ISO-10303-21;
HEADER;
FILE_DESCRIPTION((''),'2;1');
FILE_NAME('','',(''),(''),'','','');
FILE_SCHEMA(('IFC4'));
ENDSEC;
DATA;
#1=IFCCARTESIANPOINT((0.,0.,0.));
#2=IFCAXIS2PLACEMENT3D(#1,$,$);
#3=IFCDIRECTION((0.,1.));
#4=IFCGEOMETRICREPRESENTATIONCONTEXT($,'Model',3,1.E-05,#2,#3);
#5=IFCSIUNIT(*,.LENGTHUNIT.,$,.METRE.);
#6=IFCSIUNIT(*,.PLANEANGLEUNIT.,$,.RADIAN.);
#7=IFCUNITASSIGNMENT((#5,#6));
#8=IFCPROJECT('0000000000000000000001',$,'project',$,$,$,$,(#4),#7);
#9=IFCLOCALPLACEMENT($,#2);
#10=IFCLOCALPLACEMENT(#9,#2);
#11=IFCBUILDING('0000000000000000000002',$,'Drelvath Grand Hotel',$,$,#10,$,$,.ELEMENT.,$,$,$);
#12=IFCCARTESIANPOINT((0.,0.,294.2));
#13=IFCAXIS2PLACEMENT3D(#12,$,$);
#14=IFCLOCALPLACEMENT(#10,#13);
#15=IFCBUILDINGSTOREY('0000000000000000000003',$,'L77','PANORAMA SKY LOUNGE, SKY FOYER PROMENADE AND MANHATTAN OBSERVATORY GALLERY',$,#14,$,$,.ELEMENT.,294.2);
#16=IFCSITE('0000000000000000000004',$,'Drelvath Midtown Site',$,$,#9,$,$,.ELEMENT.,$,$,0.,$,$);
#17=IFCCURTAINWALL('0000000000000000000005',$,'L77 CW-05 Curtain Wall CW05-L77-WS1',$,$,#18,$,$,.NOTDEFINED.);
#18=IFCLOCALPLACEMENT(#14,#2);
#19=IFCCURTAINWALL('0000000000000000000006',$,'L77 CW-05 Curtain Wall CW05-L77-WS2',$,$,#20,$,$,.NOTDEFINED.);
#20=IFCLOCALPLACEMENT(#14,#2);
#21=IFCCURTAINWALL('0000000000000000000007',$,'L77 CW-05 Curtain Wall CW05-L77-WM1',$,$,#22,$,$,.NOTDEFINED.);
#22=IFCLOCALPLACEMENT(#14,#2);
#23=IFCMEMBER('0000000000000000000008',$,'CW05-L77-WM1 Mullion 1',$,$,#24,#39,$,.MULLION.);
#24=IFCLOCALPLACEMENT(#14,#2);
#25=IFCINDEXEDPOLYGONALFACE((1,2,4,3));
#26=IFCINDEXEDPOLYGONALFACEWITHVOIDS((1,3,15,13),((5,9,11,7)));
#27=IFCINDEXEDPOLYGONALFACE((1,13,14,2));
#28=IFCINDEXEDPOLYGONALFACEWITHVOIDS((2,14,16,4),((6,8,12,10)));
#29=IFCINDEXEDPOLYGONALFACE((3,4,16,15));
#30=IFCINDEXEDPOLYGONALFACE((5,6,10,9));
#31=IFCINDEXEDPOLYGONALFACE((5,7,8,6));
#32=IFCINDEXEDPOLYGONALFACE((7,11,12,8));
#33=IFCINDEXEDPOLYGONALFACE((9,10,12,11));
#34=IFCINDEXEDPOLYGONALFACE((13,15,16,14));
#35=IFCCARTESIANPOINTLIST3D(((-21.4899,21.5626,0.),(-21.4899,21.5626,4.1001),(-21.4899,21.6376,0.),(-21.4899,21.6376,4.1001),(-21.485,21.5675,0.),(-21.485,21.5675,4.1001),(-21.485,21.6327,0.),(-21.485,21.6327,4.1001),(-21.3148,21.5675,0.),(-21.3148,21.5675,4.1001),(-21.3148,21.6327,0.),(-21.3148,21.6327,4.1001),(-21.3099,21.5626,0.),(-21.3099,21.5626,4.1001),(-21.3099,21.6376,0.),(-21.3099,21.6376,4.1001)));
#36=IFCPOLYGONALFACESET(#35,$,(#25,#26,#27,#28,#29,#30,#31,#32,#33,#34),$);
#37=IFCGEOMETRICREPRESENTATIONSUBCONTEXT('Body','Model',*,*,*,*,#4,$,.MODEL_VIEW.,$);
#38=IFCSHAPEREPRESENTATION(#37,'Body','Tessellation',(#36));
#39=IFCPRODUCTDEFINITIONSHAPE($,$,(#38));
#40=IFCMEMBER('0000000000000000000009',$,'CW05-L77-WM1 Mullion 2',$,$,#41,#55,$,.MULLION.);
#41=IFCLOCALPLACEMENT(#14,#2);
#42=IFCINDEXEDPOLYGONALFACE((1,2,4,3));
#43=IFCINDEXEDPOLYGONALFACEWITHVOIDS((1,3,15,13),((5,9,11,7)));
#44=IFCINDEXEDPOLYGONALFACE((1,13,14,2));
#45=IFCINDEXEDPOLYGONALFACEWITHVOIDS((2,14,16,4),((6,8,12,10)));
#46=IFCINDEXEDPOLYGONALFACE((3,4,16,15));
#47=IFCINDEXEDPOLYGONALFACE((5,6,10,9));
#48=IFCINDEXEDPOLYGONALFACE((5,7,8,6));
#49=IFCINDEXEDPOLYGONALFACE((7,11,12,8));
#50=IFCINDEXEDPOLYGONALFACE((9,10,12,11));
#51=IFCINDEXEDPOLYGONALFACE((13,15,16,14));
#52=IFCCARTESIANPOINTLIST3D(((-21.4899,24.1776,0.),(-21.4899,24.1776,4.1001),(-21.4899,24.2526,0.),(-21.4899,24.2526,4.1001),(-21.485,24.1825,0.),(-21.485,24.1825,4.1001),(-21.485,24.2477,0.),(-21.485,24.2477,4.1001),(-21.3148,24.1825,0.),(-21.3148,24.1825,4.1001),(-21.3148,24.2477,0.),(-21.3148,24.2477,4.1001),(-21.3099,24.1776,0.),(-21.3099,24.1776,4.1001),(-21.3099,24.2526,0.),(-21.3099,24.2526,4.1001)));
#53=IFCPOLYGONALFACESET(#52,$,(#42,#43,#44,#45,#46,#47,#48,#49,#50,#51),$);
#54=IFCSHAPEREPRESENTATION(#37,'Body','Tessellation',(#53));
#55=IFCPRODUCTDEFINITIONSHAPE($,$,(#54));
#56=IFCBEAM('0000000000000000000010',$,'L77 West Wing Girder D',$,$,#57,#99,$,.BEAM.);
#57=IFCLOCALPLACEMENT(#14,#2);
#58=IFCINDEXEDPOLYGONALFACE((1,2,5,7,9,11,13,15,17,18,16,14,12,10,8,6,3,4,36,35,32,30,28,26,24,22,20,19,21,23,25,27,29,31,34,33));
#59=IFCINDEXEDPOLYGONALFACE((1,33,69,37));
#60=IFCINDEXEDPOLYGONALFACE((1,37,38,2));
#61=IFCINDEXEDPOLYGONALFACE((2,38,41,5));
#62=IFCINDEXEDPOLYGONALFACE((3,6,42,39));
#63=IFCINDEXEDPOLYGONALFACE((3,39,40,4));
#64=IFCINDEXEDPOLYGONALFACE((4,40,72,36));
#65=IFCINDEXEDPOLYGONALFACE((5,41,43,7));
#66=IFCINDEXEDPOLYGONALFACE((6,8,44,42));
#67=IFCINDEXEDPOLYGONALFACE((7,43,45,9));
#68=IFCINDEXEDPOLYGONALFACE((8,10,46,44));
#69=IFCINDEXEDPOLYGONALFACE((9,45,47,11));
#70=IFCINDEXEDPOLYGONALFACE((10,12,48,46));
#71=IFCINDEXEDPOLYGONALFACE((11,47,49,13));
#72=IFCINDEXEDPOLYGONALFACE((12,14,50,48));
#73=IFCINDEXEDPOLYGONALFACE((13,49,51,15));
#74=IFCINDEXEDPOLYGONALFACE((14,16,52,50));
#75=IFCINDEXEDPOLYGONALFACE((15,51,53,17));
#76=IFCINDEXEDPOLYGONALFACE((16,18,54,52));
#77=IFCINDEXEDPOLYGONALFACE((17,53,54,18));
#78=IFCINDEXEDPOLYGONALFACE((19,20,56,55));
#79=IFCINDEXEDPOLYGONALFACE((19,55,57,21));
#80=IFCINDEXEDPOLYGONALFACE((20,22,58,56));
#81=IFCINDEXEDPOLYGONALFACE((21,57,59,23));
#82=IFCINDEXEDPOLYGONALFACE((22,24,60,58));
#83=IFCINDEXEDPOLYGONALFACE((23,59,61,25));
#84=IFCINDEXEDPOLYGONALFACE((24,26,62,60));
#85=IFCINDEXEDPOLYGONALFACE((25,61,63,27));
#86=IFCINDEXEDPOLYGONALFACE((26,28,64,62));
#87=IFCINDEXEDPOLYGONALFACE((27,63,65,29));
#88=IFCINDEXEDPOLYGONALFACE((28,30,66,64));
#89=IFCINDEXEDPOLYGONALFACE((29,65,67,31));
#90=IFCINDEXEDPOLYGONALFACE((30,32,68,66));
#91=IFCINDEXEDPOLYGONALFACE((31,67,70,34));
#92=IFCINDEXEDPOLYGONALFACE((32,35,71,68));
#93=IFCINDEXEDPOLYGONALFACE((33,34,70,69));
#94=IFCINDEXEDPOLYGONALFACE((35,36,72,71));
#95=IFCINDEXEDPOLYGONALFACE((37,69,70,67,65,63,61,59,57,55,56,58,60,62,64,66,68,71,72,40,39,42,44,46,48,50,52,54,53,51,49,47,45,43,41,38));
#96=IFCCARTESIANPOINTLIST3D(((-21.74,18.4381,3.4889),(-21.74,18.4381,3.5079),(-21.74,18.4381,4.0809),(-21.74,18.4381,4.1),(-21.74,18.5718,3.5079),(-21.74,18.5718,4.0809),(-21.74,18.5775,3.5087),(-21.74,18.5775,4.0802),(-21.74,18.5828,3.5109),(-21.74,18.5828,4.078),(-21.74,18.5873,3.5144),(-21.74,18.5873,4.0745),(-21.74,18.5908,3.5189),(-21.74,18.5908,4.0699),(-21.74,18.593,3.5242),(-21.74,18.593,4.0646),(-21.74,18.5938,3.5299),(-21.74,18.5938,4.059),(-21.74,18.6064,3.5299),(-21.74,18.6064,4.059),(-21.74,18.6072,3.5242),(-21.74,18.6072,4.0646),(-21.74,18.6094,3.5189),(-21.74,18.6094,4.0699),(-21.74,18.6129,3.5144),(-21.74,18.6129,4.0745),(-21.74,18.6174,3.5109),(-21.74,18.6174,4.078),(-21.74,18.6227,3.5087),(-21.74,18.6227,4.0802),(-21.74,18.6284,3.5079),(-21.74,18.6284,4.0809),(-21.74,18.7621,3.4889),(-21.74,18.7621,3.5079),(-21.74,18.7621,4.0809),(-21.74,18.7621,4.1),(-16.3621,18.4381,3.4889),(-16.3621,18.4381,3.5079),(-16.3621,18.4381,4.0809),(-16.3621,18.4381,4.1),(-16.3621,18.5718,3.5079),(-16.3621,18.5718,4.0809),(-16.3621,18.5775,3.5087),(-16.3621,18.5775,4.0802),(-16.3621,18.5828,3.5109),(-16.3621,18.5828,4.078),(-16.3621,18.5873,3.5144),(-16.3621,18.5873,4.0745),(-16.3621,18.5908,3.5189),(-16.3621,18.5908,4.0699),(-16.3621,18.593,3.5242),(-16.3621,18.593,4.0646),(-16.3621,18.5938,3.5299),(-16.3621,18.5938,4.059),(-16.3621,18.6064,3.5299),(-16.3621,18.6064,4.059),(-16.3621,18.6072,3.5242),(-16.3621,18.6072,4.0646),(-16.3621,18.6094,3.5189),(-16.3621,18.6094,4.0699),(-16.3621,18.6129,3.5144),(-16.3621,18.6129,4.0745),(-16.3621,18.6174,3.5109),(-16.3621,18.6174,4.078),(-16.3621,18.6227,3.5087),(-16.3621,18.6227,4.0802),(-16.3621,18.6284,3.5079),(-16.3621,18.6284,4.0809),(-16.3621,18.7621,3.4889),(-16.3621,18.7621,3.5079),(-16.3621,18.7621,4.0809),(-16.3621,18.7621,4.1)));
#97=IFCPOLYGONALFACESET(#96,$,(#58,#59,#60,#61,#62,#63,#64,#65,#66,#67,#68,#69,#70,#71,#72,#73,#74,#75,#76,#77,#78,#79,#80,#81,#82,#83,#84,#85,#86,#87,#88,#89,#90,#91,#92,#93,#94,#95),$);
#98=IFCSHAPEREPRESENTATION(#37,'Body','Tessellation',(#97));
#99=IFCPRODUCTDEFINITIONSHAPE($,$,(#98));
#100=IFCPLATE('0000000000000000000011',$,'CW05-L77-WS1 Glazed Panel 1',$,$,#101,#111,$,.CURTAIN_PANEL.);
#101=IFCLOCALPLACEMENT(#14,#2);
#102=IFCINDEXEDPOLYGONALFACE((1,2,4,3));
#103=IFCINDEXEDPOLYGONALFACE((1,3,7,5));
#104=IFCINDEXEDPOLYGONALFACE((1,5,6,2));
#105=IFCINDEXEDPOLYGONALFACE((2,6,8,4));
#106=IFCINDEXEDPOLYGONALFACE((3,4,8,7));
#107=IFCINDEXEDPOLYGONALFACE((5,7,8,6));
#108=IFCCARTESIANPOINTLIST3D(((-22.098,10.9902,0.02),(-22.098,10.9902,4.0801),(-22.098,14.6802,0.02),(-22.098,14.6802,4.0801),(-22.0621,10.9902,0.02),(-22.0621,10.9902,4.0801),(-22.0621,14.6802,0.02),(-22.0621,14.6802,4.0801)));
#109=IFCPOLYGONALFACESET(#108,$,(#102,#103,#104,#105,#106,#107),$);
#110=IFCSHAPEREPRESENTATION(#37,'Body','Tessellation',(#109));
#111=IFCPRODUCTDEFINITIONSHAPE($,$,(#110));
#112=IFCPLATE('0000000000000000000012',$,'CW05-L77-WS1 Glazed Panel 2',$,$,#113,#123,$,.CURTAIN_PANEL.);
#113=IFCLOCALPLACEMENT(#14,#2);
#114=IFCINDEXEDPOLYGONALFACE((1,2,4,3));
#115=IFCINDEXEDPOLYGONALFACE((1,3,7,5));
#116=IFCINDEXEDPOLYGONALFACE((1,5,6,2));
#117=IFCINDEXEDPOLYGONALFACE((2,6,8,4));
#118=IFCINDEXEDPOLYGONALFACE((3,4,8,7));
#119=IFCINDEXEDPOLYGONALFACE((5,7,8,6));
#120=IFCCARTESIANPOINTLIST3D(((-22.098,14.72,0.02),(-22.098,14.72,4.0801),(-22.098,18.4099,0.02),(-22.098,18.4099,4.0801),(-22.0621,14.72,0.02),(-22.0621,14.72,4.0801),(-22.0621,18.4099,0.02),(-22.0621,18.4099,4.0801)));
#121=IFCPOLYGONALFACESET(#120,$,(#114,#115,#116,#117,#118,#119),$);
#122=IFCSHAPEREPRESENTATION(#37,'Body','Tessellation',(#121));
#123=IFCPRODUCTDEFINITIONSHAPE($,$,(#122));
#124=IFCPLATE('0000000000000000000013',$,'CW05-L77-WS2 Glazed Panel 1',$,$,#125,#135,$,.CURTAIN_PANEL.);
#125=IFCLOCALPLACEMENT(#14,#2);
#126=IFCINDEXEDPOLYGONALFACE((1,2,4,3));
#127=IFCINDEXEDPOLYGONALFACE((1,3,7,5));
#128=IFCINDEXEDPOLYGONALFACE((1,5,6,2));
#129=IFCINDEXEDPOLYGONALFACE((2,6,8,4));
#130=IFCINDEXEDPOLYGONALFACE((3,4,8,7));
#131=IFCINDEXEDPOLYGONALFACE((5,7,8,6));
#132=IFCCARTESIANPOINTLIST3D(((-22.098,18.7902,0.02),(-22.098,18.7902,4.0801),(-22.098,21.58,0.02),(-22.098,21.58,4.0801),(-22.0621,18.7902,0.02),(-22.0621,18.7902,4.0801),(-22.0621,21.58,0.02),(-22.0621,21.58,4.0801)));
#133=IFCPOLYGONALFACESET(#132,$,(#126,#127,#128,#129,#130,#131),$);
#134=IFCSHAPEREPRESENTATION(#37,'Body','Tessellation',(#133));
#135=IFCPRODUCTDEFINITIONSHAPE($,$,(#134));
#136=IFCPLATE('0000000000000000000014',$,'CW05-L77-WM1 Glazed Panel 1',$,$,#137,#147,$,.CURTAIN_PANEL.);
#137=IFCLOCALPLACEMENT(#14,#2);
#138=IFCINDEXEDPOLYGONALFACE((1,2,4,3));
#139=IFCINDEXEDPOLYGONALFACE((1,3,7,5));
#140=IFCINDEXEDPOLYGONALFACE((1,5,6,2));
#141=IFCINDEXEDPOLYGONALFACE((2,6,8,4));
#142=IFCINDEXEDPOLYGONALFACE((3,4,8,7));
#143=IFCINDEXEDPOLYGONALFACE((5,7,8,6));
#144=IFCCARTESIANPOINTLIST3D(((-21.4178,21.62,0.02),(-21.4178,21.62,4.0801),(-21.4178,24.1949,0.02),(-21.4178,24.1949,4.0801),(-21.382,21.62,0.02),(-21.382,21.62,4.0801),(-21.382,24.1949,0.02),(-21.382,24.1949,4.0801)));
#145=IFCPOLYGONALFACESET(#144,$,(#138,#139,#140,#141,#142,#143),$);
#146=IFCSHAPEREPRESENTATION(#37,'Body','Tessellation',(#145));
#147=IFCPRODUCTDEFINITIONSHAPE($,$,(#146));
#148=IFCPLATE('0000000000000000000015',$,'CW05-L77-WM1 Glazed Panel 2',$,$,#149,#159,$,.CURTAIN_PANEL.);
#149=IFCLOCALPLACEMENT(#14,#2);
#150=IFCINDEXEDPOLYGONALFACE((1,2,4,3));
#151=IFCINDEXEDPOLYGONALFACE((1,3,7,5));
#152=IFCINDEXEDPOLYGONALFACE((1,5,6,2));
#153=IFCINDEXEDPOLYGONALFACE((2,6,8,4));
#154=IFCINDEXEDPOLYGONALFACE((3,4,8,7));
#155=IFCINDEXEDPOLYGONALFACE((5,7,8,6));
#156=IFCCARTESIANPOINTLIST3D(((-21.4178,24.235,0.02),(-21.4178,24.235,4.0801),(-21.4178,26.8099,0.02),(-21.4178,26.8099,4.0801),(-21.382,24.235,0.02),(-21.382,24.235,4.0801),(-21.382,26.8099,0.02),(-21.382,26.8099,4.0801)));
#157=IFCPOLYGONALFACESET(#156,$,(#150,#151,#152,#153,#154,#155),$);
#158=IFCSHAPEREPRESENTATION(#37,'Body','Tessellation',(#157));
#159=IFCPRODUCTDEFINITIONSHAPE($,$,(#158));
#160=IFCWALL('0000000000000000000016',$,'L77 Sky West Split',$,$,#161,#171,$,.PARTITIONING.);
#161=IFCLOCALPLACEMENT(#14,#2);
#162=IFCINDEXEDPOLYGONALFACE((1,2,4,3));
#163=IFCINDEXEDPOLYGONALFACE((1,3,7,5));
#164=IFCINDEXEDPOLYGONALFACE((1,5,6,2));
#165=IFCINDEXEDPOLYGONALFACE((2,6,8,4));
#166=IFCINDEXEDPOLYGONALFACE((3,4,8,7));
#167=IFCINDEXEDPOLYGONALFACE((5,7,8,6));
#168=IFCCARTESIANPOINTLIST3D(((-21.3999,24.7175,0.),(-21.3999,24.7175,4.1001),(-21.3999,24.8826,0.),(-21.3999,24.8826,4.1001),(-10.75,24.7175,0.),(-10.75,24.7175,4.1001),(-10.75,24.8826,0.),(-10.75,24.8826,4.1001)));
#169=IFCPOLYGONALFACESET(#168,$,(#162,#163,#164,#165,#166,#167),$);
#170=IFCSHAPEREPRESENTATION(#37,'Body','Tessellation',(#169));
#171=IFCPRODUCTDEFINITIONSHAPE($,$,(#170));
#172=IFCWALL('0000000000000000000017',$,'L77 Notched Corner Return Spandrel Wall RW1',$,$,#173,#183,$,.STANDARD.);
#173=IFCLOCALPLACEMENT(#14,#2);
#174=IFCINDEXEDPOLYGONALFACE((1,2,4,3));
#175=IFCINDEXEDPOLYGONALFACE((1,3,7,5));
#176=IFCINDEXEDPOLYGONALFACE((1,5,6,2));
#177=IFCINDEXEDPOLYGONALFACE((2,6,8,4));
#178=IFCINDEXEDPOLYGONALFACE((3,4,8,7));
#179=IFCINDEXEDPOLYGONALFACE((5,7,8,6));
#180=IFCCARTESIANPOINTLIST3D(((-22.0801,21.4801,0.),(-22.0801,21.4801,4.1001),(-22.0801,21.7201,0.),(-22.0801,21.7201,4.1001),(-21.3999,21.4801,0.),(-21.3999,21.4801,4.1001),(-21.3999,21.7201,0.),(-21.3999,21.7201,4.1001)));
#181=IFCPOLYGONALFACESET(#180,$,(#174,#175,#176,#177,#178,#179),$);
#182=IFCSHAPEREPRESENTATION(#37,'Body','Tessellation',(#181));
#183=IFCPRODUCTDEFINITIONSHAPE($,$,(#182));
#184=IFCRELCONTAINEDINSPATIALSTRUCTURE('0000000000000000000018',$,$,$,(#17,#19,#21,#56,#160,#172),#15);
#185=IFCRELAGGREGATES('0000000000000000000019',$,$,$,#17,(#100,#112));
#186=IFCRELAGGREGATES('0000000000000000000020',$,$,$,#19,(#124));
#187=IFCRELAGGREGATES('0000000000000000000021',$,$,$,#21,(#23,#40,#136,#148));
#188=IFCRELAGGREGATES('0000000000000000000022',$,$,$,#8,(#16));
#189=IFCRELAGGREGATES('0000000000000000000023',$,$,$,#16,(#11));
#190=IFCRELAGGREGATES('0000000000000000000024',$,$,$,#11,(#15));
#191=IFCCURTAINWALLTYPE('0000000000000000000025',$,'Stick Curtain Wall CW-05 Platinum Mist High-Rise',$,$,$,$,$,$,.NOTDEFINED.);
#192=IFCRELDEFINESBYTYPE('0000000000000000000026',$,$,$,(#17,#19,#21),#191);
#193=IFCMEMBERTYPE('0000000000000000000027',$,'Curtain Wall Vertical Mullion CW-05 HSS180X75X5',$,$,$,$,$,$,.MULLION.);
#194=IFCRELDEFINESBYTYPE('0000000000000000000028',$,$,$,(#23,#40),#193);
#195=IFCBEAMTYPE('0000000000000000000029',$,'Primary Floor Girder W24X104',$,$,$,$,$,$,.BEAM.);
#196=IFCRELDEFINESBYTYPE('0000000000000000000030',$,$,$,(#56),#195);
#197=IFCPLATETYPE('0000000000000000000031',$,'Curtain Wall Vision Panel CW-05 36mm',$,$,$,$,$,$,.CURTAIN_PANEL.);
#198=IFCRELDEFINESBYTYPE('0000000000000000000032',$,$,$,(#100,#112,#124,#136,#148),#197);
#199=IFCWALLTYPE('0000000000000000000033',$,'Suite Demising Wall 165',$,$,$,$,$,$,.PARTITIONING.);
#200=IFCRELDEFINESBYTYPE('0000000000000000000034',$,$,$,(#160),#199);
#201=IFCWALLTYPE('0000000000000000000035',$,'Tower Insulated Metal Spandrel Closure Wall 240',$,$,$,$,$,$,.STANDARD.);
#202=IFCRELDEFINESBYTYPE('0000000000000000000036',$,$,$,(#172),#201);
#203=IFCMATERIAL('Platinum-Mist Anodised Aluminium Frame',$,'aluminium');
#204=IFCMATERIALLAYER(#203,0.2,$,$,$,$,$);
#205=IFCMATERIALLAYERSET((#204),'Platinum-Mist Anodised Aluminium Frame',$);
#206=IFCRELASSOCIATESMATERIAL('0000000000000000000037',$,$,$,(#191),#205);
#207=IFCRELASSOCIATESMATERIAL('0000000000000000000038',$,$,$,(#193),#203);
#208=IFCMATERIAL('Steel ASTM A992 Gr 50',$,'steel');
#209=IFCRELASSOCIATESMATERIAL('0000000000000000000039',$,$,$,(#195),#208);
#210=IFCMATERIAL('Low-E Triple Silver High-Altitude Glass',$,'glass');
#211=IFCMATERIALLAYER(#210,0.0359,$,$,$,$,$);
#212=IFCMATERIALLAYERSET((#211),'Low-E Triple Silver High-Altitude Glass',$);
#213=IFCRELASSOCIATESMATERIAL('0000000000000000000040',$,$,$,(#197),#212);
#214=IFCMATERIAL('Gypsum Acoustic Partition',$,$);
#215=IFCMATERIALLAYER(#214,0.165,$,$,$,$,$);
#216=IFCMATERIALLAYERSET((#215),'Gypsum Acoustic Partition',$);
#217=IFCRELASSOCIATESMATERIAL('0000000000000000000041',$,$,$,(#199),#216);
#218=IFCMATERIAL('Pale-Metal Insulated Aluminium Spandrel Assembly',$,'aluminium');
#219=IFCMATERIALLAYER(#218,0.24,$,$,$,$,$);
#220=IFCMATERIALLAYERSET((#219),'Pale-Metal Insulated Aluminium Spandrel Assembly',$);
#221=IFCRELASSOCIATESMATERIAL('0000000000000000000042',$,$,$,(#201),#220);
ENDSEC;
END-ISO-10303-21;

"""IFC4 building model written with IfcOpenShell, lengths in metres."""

from ifc_helpers import new_model, si_unit, direction, frame, frame_2d, origin, origin_2d, place, context, subcontext, project, spatial, rectangle, hollow_rectangle, i_section, extrude, material, layer, layer_set, material_profile, profile_set, type_object, element, aggregate, save


model = new_model("IFC4")

# Units and contexts
model_context = context("Model", 3, precision=1e-05, world=origin(), true_north=direction((0.0, 1.0)))
body_context = subcontext(model_context, "Body", "Model", "MODEL_VIEW")
ifc_project = project(units=[si_unit("LENGTHUNIT", "METRE"), si_unit("PLANEANGLEUNIT", "RADIAN")], contexts=[model_context])

# Site, building, storey
site_placement = place(None, origin())
site = spatial("IfcSite", under=ifc_project, at=site_placement, Name="Drelvath Midtown Site", CompositionType="ELEMENT", RefElevation=0.0)
building_placement = place(site_placement, origin())
building = spatial("IfcBuilding", under=site, at=building_placement, Name="Drelvath Grand Hotel", CompositionType="ELEMENT")
storey_placement = place(building_placement, frame((0.0, 0.0, 294.2)))
storey = spatial("IfcBuildingStorey", under=building, at=storey_placement, Name="L77", Description="PANORAMA SKY LOUNGE, SKY FOYER PROMENADE AND MANHATTAN OBSERVATORY GALLERY", CompositionType="ELEMENT", Elevation=294.2)

# Curtain walls
ifc_material_1 = material(Name="Platinum-Mist Anodised Aluminium Frame", Category="aluminium")
ifc_layer_1 = layer(ifc_material_1, 0.2)
ifc_layer_set_1 = layer_set([ifc_layer_1], Name="Platinum-Mist Anodised Aluminium Frame")
curtain_wall_type = type_object("IfcCurtainWallType", Name="Stick Curtain Wall CW-05 Platinum Mist High-Rise", PredefinedType="NOTDEFINED", material=ifc_layer_set_1)
curtain_wall_1_placement = place(storey_placement, origin())
curtain_wall_1 = element("IfcCurtainWall", 1, at=curtain_wall_1_placement, inside=storey, type_object=curtain_wall_type, Name="L77 CW-05 Curtain Wall CW05-L77-WS1", PredefinedType="NOTDEFINED")
curtain_wall_2_placement = place(storey_placement, origin())
curtain_wall_2 = element("IfcCurtainWall", 2, at=curtain_wall_2_placement, inside=storey, type_object=curtain_wall_type, Name="L77 CW-05 Curtain Wall CW05-L77-WS2", PredefinedType="NOTDEFINED")
curtain_wall_3_placement = place(storey_placement, origin())
curtain_wall_3 = element("IfcCurtainWall", 3, at=curtain_wall_3_placement, inside=storey, type_object=curtain_wall_type, Name="L77 CW-05 Curtain Wall CW05-L77-WM1", PredefinedType="NOTDEFINED")

# Members
ifc_material_profile_1 = material_profile(ifc_material_1, hollow_rectangle(XDim=0.075, YDim=0.1799, WallThickness=0.0049, at=origin_2d()), Name="HSS180X75X5")
ifc_profile_set_1 = profile_set([ifc_material_profile_1], Name="Platinum-Mist Anodised Aluminium Frame")
member_type_1 = type_object("IfcMemberType", Name="Curtain Wall Vertical Mullion CW-05 HSS180X75X5", PredefinedType="MULLION", material=ifc_profile_set_1)
member_1_placement = place(storey_placement, frame((-21.3999, 21.6001, 0.0), z_axis=(0.0, 0.0, 1.0), x_axis=(0.0, 1.0, 0.0)))
member_1 = element("IfcMember", 4, at=member_1_placement, type_object=member_type_1, Name="CW05-L77-WM1 Mullion 1", PredefinedType="MULLION", context=body_context, shape_type="SweptSolid", body=[
    extrude(hollow_rectangle(XDim=0.075, YDim=0.1799, WallThickness=0.0049, at=origin_2d()), origin(), (0.0, 0.0, 1.0), 4.1001),
])
member_2_placement = place(storey_placement, frame((-21.3999, 24.2151, 0.0), z_axis=(0.0, 0.0, 1.0), x_axis=(0.0, 1.0, 0.0)))
member_2 = element("IfcMember", 5, at=member_2_placement, type_object=member_type_1, Name="CW05-L77-WM1 Mullion 2", PredefinedType="MULLION", context=body_context, shape_type="SweptSolid", body=[
    extrude(hollow_rectangle(XDim=0.075, YDim=0.1799, WallThickness=0.0049, at=origin_2d()), origin(), (0.0, 0.0, 1.0), 4.1001),
])

# Beam
ifc_material_2 = material(Name="Steel ASTM A992 Gr 50", Category="steel")
ifc_material_profile_2 = material_profile(ifc_material_2, i_section(OverallWidth=0.324, OverallDepth=0.6111, WebThickness=0.0127, FlangeThickness=0.019, FilletRadius=0.022, at=origin_2d()), Name="W24X104")
ifc_profile_set_2 = profile_set([ifc_material_profile_2], Name="Steel ASTM A992 Gr 50")
beam_type = type_object("IfcBeamType", Name="Primary Floor Girder W24X104", PredefinedType="BEAM", material=ifc_profile_set_2)
beam_placement = place(storey_placement, frame((-21.74, 18.6001, 3.7944), z_axis=(1.0, 0.0, 0.0), x_axis=(0.0, 1.0, 0.0)))
element("IfcBeam", 6, at=beam_placement, inside=storey, type_object=beam_type, Name="L77 West Wing Girder D", PredefinedType="BEAM", context=body_context, shape_type="SweptSolid", body=[
    extrude(i_section(OverallWidth=0.324, OverallDepth=0.6111, WebThickness=0.0127, FlangeThickness=0.019, FilletRadius=0.022, at=origin_2d()), origin(), (0.0, 0.0, 1.0), 5.3779),
])

# Plates
ifc_material_3 = material(Name="Low-E Triple Silver High-Altitude Glass", Category="glass")
ifc_layer_2 = layer(ifc_material_3, 0.0359)
ifc_layer_set_2 = layer_set([ifc_layer_2], Name="Low-E Triple Silver High-Altitude Glass")
plate_type = type_object("IfcPlateType", Name="Curtain Wall Vision Panel CW-05 36mm", PredefinedType="CURTAIN_PANEL", material=ifc_layer_set_2)
plate_1_placement = place(storey_placement, frame((-22.0801, 12.8352, 0.02), z_axis=(0.0, 0.0, 1.0), x_axis=(0.0, 1.0, 0.0)))
plate_1 = element("IfcPlate", 7, at=plate_1_placement, type_object=plate_type, Name="CW05-L77-WS1 Glazed Panel 1", PredefinedType="CURTAIN_PANEL", context=body_context, shape_type="SweptSolid", body=[
    extrude(rectangle(XDim=3.6899, YDim=0.0359, at=origin_2d()), origin(), (0.0, 0.0, 1.0), 4.0601),
])
plate_2_placement = place(storey_placement, frame((-22.0801, 16.5649, 0.02), z_axis=(0.0, 0.0, 1.0), x_axis=(0.0, 1.0, 0.0)))
plate_2 = element("IfcPlate", 8, at=plate_2_placement, type_object=plate_type, Name="CW05-L77-WS1 Glazed Panel 2", PredefinedType="CURTAIN_PANEL", context=body_context, shape_type="SweptSolid", body=[
    extrude(rectangle(XDim=3.6899, YDim=0.0359, at=origin_2d()), origin(), (0.0, 0.0, 1.0), 4.0601),
])
aggregate(curtain_wall_1, [plate_1, plate_2])
plate_3_placement = place(storey_placement, frame((-22.0801, 20.1851, 0.02), z_axis=(0.0, 0.0, 1.0), x_axis=(0.0, 1.0, 0.0)))
plate_3 = element("IfcPlate", 9, at=plate_3_placement, type_object=plate_type, Name="CW05-L77-WS2 Glazed Panel 1", PredefinedType="CURTAIN_PANEL", context=body_context, shape_type="SweptSolid", body=[
    extrude(rectangle(XDim=2.7898, YDim=0.0359, at=origin_2d()), origin(), (0.0, 0.0, 1.0), 4.0601),
])
aggregate(curtain_wall_2, [plate_3])
plate_4_placement = place(storey_placement, frame((-21.3999, 22.9075, 0.02), z_axis=(0.0, 0.0, 1.0), x_axis=(0.0, 1.0, 0.0)))
plate_4 = element("IfcPlate", 10, at=plate_4_placement, type_object=plate_type, Name="CW05-L77-WM1 Glazed Panel 1", PredefinedType="CURTAIN_PANEL", context=body_context, shape_type="SweptSolid", body=[
    extrude(rectangle(XDim=2.575, YDim=0.0359, at=origin_2d()), origin(), (0.0, 0.0, 1.0), 4.0601),
])
plate_5_placement = place(storey_placement, frame((-21.3999, 25.5225, 0.02), z_axis=(0.0, 0.0, 1.0), x_axis=(0.0, 1.0, 0.0)))
plate_5 = element("IfcPlate", 11, at=plate_5_placement, type_object=plate_type, Name="CW05-L77-WM1 Glazed Panel 2", PredefinedType="CURTAIN_PANEL", context=body_context, shape_type="SweptSolid", body=[
    extrude(rectangle(XDim=2.575, YDim=0.0359, at=origin_2d()), origin(), (0.0, 0.0, 1.0), 4.0601),
])
aggregate(curtain_wall_3, [member_1, member_2, plate_4, plate_5])

# Walls
ifc_material_4 = material(Name="Gypsum Acoustic Partition")
ifc_layer_3 = layer(ifc_material_4, 0.165)
ifc_layer_set_3 = layer_set([ifc_layer_3], Name="Gypsum Acoustic Partition")
wall_type_1 = type_object("IfcWallType", Name="Suite Demising Wall 165", PredefinedType="PARTITIONING", material=ifc_layer_set_3)
wall_1_placement = place(storey_placement, frame((-21.3999, 24.8, 0.0), z_axis=(0.0, 0.0, 1.0), x_axis=(1.0, 0.0, 0.0)))
element("IfcWall", 12, at=wall_1_placement, inside=storey, type_object=wall_type_1, Name="L77 Sky West Split", PredefinedType="PARTITIONING", context=body_context, shape_type="SweptSolid", body=[
    extrude(rectangle(XDim=10.6499, YDim=0.165, at=frame_2d((5.325, 0.0))), origin(), (0.0, 0.0, 1.0), 4.1001),
])
ifc_material_5 = material(Name="Pale-Metal Insulated Aluminium Spandrel Assembly", Category="aluminium")
ifc_layer_4 = layer(ifc_material_5, 0.24)
ifc_layer_set_4 = layer_set([ifc_layer_4], Name="Pale-Metal Insulated Aluminium Spandrel Assembly")
wall_type_2 = type_object("IfcWallType", Name="Tower Insulated Metal Spandrel Closure Wall 240", PredefinedType="STANDARD", material=ifc_layer_set_4)
wall_2_placement = place(storey_placement, frame((-22.0801, 21.6001, 0.0), z_axis=(0.0, 0.0, 1.0), x_axis=(1.0, 0.0, 0.0)))
element("IfcWall", 13, at=wall_2_placement, inside=storey, type_object=wall_type_2, Name="L77 Notched Corner Return Spandrel Wall RW1", PredefinedType="STANDARD", context=body_context, shape_type="SweptSolid", body=[
    extrude(rectangle(XDim=0.6802, YDim=0.24, at=frame_2d((0.3401, 0.0))), origin(), (0.0, 0.0, 1.0), 4.1001),
])

save(model, "model.ifc")
